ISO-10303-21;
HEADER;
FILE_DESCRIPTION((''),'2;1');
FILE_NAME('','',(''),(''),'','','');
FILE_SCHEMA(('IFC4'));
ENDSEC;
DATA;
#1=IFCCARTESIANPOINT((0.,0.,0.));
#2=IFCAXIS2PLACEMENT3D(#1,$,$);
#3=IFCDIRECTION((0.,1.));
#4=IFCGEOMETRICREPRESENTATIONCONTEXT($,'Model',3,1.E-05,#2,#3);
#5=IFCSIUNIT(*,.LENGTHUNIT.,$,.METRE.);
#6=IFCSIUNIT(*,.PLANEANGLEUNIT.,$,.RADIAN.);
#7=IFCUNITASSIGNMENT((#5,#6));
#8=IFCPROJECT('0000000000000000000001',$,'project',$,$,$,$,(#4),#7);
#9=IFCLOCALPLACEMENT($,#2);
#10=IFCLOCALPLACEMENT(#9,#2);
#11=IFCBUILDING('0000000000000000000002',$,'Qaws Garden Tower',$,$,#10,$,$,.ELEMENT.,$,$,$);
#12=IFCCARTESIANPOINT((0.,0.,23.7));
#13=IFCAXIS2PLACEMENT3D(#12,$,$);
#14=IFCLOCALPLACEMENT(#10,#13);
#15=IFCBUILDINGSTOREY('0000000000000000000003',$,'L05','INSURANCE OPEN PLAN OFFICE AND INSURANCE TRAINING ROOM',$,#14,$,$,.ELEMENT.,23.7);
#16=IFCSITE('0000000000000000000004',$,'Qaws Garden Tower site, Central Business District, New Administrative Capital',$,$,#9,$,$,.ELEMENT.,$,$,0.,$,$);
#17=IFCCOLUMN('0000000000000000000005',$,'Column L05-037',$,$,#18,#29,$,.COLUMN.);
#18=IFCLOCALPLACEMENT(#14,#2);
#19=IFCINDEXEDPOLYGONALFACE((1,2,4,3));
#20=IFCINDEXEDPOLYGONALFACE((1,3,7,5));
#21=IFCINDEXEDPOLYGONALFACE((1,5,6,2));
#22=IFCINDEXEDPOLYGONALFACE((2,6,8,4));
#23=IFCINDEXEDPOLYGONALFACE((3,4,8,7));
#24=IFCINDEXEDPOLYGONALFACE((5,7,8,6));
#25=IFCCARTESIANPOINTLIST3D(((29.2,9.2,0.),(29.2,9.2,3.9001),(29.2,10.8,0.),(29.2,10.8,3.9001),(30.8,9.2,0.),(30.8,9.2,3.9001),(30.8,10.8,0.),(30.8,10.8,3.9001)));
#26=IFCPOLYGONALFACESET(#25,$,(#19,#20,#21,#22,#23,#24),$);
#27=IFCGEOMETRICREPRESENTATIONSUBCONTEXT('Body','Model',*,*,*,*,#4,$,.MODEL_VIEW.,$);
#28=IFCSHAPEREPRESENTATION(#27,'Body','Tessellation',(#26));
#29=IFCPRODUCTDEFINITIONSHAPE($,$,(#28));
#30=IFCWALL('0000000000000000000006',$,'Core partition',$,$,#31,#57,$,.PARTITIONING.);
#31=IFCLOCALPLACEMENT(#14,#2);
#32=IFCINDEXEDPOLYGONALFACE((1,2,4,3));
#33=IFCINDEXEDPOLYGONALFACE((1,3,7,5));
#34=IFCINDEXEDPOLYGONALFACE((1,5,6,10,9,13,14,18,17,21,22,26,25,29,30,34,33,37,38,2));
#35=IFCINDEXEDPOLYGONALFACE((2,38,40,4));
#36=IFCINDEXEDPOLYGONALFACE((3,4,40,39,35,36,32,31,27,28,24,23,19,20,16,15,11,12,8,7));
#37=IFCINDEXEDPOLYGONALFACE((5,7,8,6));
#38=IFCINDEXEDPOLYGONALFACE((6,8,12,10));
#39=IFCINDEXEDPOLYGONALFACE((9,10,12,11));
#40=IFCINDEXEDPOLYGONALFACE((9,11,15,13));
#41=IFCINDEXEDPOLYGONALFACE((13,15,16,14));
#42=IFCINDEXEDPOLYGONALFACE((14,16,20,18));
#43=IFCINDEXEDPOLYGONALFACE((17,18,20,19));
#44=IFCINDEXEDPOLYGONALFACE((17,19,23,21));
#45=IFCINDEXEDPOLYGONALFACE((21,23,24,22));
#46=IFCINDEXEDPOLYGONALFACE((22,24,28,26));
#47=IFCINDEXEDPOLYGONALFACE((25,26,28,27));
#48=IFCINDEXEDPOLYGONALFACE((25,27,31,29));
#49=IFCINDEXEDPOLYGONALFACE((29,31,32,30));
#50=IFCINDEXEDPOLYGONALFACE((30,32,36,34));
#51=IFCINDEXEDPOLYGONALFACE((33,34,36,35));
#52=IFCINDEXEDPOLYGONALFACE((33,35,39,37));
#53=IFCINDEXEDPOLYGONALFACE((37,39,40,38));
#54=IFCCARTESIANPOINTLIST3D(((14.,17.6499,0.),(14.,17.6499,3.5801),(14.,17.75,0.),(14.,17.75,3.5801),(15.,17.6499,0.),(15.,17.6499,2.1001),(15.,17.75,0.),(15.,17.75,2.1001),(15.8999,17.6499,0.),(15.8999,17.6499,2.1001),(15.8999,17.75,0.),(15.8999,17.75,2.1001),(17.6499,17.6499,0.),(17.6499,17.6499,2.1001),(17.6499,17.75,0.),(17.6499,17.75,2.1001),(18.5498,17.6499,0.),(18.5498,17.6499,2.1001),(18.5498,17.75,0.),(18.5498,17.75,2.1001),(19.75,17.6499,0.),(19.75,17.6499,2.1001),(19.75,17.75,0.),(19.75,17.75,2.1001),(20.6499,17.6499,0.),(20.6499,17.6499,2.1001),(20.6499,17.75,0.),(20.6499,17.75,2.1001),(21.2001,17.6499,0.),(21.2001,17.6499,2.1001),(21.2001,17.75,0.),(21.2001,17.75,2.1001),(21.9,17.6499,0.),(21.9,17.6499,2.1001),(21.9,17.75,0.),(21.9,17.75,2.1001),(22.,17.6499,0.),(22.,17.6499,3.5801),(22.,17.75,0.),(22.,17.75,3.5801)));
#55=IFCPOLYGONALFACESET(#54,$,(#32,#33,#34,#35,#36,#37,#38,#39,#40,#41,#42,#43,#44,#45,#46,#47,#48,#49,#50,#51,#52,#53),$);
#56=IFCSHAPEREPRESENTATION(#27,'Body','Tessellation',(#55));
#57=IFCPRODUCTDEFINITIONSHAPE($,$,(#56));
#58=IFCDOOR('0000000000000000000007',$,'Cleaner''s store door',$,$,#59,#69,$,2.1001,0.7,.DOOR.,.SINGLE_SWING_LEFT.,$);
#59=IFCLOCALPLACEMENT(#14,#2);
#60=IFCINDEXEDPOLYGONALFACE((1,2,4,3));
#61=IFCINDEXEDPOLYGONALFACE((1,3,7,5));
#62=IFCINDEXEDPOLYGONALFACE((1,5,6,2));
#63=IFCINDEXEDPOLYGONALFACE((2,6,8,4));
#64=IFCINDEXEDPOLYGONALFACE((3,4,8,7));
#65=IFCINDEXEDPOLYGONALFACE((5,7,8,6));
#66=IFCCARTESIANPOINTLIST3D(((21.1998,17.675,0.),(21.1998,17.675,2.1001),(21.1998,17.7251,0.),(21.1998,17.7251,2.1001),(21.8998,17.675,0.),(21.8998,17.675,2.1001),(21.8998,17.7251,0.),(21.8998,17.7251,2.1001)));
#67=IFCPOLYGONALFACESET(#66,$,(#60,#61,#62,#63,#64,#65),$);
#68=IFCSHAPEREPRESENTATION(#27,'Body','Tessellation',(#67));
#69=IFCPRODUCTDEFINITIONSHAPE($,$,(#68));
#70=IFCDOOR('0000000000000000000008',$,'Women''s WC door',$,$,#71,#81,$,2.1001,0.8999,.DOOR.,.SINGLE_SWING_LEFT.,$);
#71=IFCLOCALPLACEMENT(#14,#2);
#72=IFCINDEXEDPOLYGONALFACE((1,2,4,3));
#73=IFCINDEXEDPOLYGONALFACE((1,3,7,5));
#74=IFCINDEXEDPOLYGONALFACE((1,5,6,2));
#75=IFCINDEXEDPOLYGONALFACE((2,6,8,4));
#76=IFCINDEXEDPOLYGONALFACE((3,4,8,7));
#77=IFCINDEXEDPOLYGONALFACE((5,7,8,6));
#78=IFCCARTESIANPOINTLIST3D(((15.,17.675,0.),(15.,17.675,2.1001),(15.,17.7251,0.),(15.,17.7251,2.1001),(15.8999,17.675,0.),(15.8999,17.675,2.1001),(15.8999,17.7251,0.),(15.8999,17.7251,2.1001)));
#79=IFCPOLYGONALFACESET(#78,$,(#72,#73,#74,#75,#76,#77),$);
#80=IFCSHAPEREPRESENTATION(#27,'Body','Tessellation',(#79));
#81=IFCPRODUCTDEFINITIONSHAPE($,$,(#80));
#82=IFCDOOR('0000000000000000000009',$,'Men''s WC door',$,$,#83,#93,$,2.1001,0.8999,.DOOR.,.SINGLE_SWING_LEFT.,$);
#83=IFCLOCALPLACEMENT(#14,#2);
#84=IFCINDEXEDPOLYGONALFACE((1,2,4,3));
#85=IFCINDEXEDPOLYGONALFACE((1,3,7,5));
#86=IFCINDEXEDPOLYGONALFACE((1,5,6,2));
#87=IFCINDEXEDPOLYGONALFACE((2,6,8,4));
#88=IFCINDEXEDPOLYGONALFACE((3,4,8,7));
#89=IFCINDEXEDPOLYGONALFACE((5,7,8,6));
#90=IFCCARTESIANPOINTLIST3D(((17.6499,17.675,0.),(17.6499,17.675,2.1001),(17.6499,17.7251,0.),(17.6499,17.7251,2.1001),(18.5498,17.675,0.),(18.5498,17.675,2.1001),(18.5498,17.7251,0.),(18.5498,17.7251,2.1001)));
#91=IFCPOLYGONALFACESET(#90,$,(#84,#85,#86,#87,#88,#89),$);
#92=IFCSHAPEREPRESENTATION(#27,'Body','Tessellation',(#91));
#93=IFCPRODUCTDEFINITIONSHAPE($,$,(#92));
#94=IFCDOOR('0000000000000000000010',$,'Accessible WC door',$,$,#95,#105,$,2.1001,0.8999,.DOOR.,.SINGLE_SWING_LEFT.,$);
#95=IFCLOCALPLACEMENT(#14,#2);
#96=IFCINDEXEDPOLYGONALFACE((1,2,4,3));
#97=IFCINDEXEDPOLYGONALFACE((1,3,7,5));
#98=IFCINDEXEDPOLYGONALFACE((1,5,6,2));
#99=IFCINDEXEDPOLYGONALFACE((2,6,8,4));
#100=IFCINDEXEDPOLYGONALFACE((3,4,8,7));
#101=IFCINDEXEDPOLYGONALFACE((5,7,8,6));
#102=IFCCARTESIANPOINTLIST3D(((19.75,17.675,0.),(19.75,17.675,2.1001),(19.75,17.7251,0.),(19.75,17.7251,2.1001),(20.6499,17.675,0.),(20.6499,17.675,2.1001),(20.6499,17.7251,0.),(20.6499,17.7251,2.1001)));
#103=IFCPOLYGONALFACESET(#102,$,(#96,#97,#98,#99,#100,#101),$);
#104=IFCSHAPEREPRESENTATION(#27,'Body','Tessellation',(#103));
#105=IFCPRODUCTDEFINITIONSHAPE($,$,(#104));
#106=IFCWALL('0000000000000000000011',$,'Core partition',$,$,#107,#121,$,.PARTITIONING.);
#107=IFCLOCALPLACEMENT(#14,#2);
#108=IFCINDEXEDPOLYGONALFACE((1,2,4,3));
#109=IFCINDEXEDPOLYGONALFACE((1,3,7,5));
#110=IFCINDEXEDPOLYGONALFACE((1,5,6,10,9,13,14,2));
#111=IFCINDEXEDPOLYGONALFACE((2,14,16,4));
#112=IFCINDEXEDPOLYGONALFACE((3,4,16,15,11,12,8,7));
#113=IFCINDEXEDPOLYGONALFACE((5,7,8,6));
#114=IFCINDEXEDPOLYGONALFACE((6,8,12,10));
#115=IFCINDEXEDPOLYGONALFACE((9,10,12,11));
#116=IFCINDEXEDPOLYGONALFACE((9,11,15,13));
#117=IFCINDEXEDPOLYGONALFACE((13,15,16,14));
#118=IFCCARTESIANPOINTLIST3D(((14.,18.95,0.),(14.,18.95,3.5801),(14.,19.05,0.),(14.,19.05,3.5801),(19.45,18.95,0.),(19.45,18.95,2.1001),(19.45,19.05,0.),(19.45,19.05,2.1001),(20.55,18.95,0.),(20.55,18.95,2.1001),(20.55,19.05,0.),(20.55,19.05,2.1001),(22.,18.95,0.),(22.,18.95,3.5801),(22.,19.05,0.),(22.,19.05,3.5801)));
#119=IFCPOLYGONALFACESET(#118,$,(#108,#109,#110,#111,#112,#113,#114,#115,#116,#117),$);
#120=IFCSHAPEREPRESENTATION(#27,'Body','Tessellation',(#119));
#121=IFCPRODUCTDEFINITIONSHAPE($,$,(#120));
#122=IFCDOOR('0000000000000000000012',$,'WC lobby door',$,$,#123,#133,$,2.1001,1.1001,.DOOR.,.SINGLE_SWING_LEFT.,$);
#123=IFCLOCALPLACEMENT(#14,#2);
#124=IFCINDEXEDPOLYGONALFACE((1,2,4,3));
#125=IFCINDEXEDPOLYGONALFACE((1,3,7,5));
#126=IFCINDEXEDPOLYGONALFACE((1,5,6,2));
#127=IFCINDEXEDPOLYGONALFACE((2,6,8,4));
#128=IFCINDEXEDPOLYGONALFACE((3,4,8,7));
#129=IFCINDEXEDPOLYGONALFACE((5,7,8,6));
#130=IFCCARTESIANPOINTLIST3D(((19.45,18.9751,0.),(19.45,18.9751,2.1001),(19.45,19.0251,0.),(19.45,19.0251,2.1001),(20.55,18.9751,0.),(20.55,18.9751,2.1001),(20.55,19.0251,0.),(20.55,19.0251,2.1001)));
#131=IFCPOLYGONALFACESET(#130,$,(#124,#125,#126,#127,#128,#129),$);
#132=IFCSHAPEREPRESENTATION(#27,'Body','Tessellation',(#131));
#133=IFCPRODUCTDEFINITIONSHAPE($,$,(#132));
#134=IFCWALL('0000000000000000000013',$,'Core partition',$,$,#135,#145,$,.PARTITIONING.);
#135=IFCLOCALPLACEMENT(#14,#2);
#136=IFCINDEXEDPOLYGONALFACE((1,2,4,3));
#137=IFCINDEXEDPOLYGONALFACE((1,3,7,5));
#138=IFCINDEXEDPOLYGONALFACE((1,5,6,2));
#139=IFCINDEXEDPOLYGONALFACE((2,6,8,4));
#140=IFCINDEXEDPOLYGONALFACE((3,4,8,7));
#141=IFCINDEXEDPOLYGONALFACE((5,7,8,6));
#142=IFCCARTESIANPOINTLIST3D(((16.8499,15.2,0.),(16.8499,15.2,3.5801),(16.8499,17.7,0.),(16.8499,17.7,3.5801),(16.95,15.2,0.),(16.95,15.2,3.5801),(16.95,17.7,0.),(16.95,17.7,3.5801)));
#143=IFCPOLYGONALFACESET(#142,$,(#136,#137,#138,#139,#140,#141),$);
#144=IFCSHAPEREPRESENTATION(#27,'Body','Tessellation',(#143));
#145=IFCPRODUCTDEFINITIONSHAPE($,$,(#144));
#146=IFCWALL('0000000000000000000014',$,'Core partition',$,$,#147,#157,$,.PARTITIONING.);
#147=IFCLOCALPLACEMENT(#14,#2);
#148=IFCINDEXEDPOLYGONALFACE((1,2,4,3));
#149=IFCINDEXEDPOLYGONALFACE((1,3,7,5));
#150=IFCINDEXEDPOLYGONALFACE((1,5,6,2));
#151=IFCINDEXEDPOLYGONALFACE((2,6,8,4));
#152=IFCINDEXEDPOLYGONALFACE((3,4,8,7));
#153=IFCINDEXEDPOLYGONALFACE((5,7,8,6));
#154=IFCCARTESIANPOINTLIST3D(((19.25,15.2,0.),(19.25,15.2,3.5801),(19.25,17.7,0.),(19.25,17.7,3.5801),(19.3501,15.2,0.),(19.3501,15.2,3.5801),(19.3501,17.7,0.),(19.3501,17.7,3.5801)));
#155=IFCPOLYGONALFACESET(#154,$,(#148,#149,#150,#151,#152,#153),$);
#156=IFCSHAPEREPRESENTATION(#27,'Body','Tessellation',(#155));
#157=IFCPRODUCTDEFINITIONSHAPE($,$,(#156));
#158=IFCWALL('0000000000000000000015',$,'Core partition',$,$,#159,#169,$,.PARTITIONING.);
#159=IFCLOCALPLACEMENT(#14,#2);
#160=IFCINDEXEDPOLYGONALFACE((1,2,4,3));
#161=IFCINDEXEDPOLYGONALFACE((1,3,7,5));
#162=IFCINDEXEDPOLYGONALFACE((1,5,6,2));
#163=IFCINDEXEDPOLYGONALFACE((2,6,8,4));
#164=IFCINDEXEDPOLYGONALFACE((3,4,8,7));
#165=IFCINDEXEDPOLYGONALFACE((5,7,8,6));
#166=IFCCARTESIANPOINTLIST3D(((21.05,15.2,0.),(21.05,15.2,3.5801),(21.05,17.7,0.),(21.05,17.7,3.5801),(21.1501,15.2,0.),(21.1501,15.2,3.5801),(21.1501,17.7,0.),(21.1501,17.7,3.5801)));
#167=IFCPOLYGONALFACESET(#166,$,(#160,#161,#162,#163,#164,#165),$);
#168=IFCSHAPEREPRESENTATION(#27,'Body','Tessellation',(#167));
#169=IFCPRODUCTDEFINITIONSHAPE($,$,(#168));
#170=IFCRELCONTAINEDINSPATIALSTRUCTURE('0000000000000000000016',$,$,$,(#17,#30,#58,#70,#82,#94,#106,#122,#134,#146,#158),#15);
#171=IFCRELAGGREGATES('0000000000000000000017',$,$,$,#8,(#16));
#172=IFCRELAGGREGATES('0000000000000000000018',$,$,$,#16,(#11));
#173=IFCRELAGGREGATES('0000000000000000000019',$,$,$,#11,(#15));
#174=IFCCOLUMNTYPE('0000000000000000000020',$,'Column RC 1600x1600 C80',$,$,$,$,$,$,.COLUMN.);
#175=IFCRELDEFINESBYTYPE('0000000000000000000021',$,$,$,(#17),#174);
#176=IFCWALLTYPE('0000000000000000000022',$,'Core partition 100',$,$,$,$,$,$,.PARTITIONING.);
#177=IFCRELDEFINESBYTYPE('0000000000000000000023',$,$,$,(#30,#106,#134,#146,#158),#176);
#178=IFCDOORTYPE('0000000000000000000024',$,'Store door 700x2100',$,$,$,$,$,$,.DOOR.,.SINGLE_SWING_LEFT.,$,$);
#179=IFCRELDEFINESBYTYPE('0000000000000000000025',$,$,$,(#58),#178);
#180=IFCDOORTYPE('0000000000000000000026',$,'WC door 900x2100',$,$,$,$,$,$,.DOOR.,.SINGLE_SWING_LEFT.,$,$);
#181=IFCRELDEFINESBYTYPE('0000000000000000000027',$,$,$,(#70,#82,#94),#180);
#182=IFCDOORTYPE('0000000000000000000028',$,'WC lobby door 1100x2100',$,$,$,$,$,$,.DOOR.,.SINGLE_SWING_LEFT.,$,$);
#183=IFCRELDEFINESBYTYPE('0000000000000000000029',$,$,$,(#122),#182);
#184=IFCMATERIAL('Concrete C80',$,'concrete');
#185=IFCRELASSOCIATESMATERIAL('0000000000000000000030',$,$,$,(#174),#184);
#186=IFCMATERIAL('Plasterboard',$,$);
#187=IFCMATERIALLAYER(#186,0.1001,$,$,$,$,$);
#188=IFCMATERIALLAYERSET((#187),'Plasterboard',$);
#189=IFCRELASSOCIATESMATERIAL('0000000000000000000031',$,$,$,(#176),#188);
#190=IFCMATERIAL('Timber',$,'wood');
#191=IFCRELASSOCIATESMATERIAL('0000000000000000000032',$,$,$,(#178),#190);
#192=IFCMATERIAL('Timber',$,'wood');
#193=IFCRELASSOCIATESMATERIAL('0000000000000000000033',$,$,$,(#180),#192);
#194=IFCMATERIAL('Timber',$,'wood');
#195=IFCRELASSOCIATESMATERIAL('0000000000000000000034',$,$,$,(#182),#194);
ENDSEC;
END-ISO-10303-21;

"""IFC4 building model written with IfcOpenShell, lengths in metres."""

from ifc_helpers import new_model, si_unit, direction, frame, frame_2d, origin, origin_2d, place, context, subcontext, project, spatial, rectangle, extrude, material, layer, layer_set, material_profile, profile_set, type_object, element, fill, save


model = new_model("IFC4")

# Units and contexts
model_context = context("Model", 3, precision=1e-05, world=origin(), true_north=direction((0.0, 1.0)))
body_context = subcontext(model_context, "Body", "Model", "MODEL_VIEW")
ifc_project = project(units=[si_unit("LENGTHUNIT", "METRE"), si_unit("PLANEANGLEUNIT", "RADIAN")], contexts=[model_context])

# Site, building, storey
site_placement = place(None, origin())
site = spatial("IfcSite", under=ifc_project, at=site_placement, Name="Qaws Garden Tower site, Central Business District, New Administrative Capital", CompositionType="ELEMENT", RefElevation=0.0)
building_placement = place(site_placement, origin())
building = spatial("IfcBuilding", under=site, at=building_placement, Name="Qaws Garden Tower", CompositionType="ELEMENT")
storey_placement = place(building_placement, frame((0.0, 0.0, 23.7)))
storey = spatial("IfcBuildingStorey", under=building, at=storey_placement, Name="L05", Description="INSURANCE OPEN PLAN OFFICE AND INSURANCE TRAINING ROOM", CompositionType="ELEMENT", Elevation=23.7)

# Column
ifc_material_1 = material(Name="Concrete C80", Category="concrete")
ifc_material_profile = material_profile(ifc_material_1, rectangle(XDim=1.6001, YDim=1.6001, at=origin_2d()), Name="RC 1600x1600")
ifc_profile_set = profile_set([ifc_material_profile], Name="Concrete C80")
column_type = type_object("IfcColumnType", Name="Column RC 1600x1600 C80", PredefinedType="COLUMN", material=ifc_profile_set)
column_placement = place(storey_placement, frame((30.0, 10.0, 0.0), z_axis=(0.0, 0.0, 1.0), x_axis=(1.0, 0.0, 0.0)))
element("IfcColumn", 1, at=column_placement, inside=storey, type_object=column_type, Name="Column L05-037", PredefinedType="COLUMN", context=body_context, shape_type="SweptSolid", body=[
    extrude(rectangle(XDim=1.6001, YDim=1.6001, at=origin_2d()), origin(), (0.0, 0.0, 1.0), 3.9001),
])

# Wall, openings, doors
ifc_material_2 = material(Name="Plasterboard")
ifc_layer_1 = layer(ifc_material_2, 0.1001)
ifc_layer_set_1 = layer_set([ifc_layer_1], Name="Plasterboard")
wall_type_1 = type_object("IfcWallType", Name="Core partition 100", PredefinedType="PARTITIONING", material=ifc_layer_set_1)
wall_1_placement = place(storey_placement, frame((14.0, 17.7, 0.0), z_axis=(0.0, 0.0, 1.0), x_axis=(1.0, 0.0, 0.0)))
wall_1 = element("IfcWall", 2, at=wall_1_placement, inside=storey, type_object=wall_type_1, Name="Core partition", PredefinedType="PARTITIONING", context=body_context, shape_type="SweptSolid", body=[
    extrude(rectangle(XDim=8.0, YDim=0.1001, at=frame_2d((4.0, 0.0))), origin(), (0.0, 0.0, 1.0), 3.5801),
])
opening_1_placement = place(wall_1_placement, frame((1.0, 0.0, 0.0)))
opening_1 = element("IfcOpeningElement", 3, at=opening_1_placement, cuts=wall_1, PredefinedType="OPENING", context=body_context, shape_type="SweptSolid", body=[
    extrude(rectangle(XDim=0.8999, YDim=2.1001, at=frame_2d((0.45, 1.05))), frame((0.0, 0.0601, 0.0), z_axis=(0.0, -1.0, 0.0), x_axis=(1.0, 0.0, 0.0)), (0.0, 0.0, 1.0), 0.1201),
])
opening_2_placement = place(wall_1_placement, frame((3.6499, 0.0, 0.0)))
opening_2 = element("IfcOpeningElement", 4, at=opening_2_placement, cuts=wall_1, PredefinedType="OPENING", context=body_context, shape_type="SweptSolid", body=[
    extrude(rectangle(XDim=0.8999, YDim=2.1001, at=frame_2d((0.45, 1.05))), frame((0.0, 0.0601, 0.0), z_axis=(0.0, -1.0, 0.0), x_axis=(1.0, 0.0, 0.0)), (0.0, 0.0, 1.0), 0.1201),
])
opening_3_placement = place(wall_1_placement, frame((5.75, 0.0, 0.0)))
opening_3 = element("IfcOpeningElement", 5, at=opening_3_placement, cuts=wall_1, PredefinedType="OPENING", context=body_context, shape_type="SweptSolid", body=[
    extrude(rectangle(XDim=0.8999, YDim=2.1001, at=frame_2d((0.45, 1.05))), frame((0.0, 0.0601, 0.0), z_axis=(0.0, -1.0, 0.0), x_axis=(1.0, 0.0, 0.0)), (0.0, 0.0, 1.0), 0.1201),
])
opening_4_placement = place(wall_1_placement, frame((7.2, 0.0, 0.0)))
opening_4 = element("IfcOpeningElement", 6, at=opening_4_placement, cuts=wall_1, PredefinedType="OPENING", context=body_context, shape_type="SweptSolid", body=[
    extrude(rectangle(XDim=0.7, YDim=2.1001, at=frame_2d((0.3501, 1.05))), frame((0.0, 0.0601, 0.0), z_axis=(0.0, -1.0, 0.0), x_axis=(1.0, 0.0, 0.0)), (0.0, 0.0, 1.0), 0.1201),
])
ifc_material_3 = material(Name="Timber", Category="wood")
door_type_1 = type_object("IfcDoorType", Name="Store door 700x2100", OperationType="SINGLE_SWING_LEFT", PredefinedType="DOOR", material=ifc_material_3)
door_1_placement = place(opening_4_placement, frame((0.7, 0.0, 0.0), z_axis=(0.0, 0.0, 1.0), x_axis=(-1.0, 0.0, 0.0)))
door_1 = element("IfcDoor", 7, at=door_1_placement, inside=storey, type_object=door_type_1, Name="Cleaner's store door", OperationType="SINGLE_SWING_LEFT", OverallHeight=2.1001, OverallWidth=0.7, PredefinedType="DOOR", context=body_context, shape_type="SweptSolid", body=[
    extrude(rectangle(XDim=0.7, YDim=2.1001, at=frame_2d((0.3501, 1.05))), frame((0.0, 0.0249, 0.0), z_axis=(0.0, -1.0, 0.0), x_axis=(1.0, 0.0, 0.0)), (0.0, 0.0, 1.0), 0.05),
])
fill(opening_4, door_1)
ifc_material_4 = material(Name="Timber", Category="wood")
door_type_2 = type_object("IfcDoorType", Name="WC door 900x2100", OperationType="SINGLE_SWING_LEFT", PredefinedType="DOOR", material=ifc_material_4)
door_2_placement = place(opening_1_placement, frame((0.8999, 0.0, 0.0), z_axis=(0.0, 0.0, 1.0), x_axis=(-1.0, 0.0, 0.0)))
door_2 = element("IfcDoor", 8, at=door_2_placement, inside=storey, type_object=door_type_2, Name="Women's WC door", OperationType="SINGLE_SWING_LEFT", OverallHeight=2.1001, OverallWidth=0.8999, PredefinedType="DOOR", context=body_context, shape_type="SweptSolid", body=[
    extrude(rectangle(XDim=0.8999, YDim=2.1001, at=frame_2d((0.45, 1.05))), frame((0.0, 0.0249, 0.0), z_axis=(0.0, -1.0, 0.0), x_axis=(1.0, 0.0, 0.0)), (0.0, 0.0, 1.0), 0.05),
])
fill(opening_1, door_2)
door_3_placement = place(opening_2_placement, frame((0.8999, 0.0, 0.0), z_axis=(0.0, 0.0, 1.0), x_axis=(-1.0, 0.0, 0.0)))
door_3 = element("IfcDoor", 9, at=door_3_placement, inside=storey, type_object=door_type_2, Name="Men's WC door", OperationType="SINGLE_SWING_LEFT", OverallHeight=2.1001, OverallWidth=0.8999, PredefinedType="DOOR", context=body_context, shape_type="SweptSolid", body=[
    extrude(rectangle(XDim=0.8999, YDim=2.1001, at=frame_2d((0.45, 1.05))), frame((0.0, 0.0249, 0.0), z_axis=(0.0, -1.0, 0.0), x_axis=(1.0, 0.0, 0.0)), (0.0, 0.0, 1.0), 0.05),
])
fill(opening_2, door_3)
door_4_placement = place(opening_3_placement, frame((0.8999, 0.0, 0.0), z_axis=(0.0, 0.0, 1.0), x_axis=(-1.0, 0.0, 0.0)))
door_4 = element("IfcDoor", 10, at=door_4_placement, inside=storey, type_object=door_type_2, Name="Accessible WC door", OperationType="SINGLE_SWING_LEFT", OverallHeight=2.1001, OverallWidth=0.8999, PredefinedType="DOOR", context=body_context, shape_type="SweptSolid", body=[
    extrude(rectangle(XDim=0.8999, YDim=2.1001, at=frame_2d((0.45, 1.05))), frame((0.0, 0.0249, 0.0), z_axis=(0.0, -1.0, 0.0), x_axis=(1.0, 0.0, 0.0)), (0.0, 0.0, 1.0), 0.05),
])
fill(opening_3, door_4)

# Wall, opening, door
wall_2_placement = place(storey_placement, frame((14.0, 19.0, 0.0), z_axis=(0.0, 0.0, 1.0), x_axis=(1.0, 0.0, 0.0)))
wall_2 = element("IfcWall", 11, at=wall_2_placement, inside=storey, type_object=wall_type_1, Name="Core partition", PredefinedType="PARTITIONING", context=body_context, shape_type="SweptSolid", body=[
    extrude(rectangle(XDim=8.0, YDim=0.1001, at=frame_2d((4.0, 0.0))), origin(), (0.0, 0.0, 1.0), 3.5801),
])
opening_5_placement = place(wall_2_placement, frame((5.45, 0.0, 0.0)))
opening_5 = element("IfcOpeningElement", 12, at=opening_5_placement, cuts=wall_2, PredefinedType="OPENING", context=body_context, shape_type="SweptSolid", body=[
    extrude(rectangle(XDim=1.1001, YDim=2.1001, at=frame_2d((0.55, 1.05))), frame((0.0, 0.0601, 0.0), z_axis=(0.0, -1.0, 0.0), x_axis=(1.0, 0.0, 0.0)), (0.0, 0.0, 1.0), 0.1201),
])
ifc_material_5 = material(Name="Timber", Category="wood")
door_type_3 = type_object("IfcDoorType", Name="WC lobby door 1100x2100", OperationType="SINGLE_SWING_LEFT", PredefinedType="DOOR", material=ifc_material_5)
door_5_placement = place(opening_5_placement, frame((1.1001, 0.0, 0.0), z_axis=(0.0, 0.0, 1.0), x_axis=(-1.0, 0.0, 0.0)))
door_5 = element("IfcDoor", 13, at=door_5_placement, inside=storey, type_object=door_type_3, Name="WC lobby door", OperationType="SINGLE_SWING_LEFT", OverallHeight=2.1001, OverallWidth=1.1001, PredefinedType="DOOR", context=body_context, shape_type="SweptSolid", body=[
    extrude(rectangle(XDim=1.1001, YDim=2.1001, at=frame_2d((0.55, 1.05))), frame((0.0, 0.0249, 0.0), z_axis=(0.0, -1.0, 0.0), x_axis=(1.0, 0.0, 0.0)), (0.0, 0.0, 1.0), 0.05),
])
fill(opening_5, door_5)

# Walls
for number, where, z_axis, x_axis, name in (
    (14, (16.8999, 15.2, 0.0), (0.0, 0.0, 1.0), (0.0, 1.0, 0.0), "Core partition"),
    (15, (19.3, 15.2, 0.0), (0.0, 0.0, 1.0), (0.0, 1.0, 0.0), "Core partition"),
    (16, (21.1001, 15.2, 0.0), (0.0, 0.0, 1.0), (0.0, 1.0, 0.0), "Core partition"),
):
    element("IfcWall", number, at=place(storey_placement, frame(where, z_axis=z_axis, x_axis=x_axis)), inside=storey, type_object=wall_type_1, Name=name, PredefinedType="PARTITIONING", context=body_context, shape_type="SweptSolid", body=[
        extrude(rectangle(XDim=2.5, YDim=0.1001, at=frame_2d((1.25, 0.0))), origin(), (0.0, 0.0, 1.0), 3.5801),
    ])

save(model, "model.ifc")
